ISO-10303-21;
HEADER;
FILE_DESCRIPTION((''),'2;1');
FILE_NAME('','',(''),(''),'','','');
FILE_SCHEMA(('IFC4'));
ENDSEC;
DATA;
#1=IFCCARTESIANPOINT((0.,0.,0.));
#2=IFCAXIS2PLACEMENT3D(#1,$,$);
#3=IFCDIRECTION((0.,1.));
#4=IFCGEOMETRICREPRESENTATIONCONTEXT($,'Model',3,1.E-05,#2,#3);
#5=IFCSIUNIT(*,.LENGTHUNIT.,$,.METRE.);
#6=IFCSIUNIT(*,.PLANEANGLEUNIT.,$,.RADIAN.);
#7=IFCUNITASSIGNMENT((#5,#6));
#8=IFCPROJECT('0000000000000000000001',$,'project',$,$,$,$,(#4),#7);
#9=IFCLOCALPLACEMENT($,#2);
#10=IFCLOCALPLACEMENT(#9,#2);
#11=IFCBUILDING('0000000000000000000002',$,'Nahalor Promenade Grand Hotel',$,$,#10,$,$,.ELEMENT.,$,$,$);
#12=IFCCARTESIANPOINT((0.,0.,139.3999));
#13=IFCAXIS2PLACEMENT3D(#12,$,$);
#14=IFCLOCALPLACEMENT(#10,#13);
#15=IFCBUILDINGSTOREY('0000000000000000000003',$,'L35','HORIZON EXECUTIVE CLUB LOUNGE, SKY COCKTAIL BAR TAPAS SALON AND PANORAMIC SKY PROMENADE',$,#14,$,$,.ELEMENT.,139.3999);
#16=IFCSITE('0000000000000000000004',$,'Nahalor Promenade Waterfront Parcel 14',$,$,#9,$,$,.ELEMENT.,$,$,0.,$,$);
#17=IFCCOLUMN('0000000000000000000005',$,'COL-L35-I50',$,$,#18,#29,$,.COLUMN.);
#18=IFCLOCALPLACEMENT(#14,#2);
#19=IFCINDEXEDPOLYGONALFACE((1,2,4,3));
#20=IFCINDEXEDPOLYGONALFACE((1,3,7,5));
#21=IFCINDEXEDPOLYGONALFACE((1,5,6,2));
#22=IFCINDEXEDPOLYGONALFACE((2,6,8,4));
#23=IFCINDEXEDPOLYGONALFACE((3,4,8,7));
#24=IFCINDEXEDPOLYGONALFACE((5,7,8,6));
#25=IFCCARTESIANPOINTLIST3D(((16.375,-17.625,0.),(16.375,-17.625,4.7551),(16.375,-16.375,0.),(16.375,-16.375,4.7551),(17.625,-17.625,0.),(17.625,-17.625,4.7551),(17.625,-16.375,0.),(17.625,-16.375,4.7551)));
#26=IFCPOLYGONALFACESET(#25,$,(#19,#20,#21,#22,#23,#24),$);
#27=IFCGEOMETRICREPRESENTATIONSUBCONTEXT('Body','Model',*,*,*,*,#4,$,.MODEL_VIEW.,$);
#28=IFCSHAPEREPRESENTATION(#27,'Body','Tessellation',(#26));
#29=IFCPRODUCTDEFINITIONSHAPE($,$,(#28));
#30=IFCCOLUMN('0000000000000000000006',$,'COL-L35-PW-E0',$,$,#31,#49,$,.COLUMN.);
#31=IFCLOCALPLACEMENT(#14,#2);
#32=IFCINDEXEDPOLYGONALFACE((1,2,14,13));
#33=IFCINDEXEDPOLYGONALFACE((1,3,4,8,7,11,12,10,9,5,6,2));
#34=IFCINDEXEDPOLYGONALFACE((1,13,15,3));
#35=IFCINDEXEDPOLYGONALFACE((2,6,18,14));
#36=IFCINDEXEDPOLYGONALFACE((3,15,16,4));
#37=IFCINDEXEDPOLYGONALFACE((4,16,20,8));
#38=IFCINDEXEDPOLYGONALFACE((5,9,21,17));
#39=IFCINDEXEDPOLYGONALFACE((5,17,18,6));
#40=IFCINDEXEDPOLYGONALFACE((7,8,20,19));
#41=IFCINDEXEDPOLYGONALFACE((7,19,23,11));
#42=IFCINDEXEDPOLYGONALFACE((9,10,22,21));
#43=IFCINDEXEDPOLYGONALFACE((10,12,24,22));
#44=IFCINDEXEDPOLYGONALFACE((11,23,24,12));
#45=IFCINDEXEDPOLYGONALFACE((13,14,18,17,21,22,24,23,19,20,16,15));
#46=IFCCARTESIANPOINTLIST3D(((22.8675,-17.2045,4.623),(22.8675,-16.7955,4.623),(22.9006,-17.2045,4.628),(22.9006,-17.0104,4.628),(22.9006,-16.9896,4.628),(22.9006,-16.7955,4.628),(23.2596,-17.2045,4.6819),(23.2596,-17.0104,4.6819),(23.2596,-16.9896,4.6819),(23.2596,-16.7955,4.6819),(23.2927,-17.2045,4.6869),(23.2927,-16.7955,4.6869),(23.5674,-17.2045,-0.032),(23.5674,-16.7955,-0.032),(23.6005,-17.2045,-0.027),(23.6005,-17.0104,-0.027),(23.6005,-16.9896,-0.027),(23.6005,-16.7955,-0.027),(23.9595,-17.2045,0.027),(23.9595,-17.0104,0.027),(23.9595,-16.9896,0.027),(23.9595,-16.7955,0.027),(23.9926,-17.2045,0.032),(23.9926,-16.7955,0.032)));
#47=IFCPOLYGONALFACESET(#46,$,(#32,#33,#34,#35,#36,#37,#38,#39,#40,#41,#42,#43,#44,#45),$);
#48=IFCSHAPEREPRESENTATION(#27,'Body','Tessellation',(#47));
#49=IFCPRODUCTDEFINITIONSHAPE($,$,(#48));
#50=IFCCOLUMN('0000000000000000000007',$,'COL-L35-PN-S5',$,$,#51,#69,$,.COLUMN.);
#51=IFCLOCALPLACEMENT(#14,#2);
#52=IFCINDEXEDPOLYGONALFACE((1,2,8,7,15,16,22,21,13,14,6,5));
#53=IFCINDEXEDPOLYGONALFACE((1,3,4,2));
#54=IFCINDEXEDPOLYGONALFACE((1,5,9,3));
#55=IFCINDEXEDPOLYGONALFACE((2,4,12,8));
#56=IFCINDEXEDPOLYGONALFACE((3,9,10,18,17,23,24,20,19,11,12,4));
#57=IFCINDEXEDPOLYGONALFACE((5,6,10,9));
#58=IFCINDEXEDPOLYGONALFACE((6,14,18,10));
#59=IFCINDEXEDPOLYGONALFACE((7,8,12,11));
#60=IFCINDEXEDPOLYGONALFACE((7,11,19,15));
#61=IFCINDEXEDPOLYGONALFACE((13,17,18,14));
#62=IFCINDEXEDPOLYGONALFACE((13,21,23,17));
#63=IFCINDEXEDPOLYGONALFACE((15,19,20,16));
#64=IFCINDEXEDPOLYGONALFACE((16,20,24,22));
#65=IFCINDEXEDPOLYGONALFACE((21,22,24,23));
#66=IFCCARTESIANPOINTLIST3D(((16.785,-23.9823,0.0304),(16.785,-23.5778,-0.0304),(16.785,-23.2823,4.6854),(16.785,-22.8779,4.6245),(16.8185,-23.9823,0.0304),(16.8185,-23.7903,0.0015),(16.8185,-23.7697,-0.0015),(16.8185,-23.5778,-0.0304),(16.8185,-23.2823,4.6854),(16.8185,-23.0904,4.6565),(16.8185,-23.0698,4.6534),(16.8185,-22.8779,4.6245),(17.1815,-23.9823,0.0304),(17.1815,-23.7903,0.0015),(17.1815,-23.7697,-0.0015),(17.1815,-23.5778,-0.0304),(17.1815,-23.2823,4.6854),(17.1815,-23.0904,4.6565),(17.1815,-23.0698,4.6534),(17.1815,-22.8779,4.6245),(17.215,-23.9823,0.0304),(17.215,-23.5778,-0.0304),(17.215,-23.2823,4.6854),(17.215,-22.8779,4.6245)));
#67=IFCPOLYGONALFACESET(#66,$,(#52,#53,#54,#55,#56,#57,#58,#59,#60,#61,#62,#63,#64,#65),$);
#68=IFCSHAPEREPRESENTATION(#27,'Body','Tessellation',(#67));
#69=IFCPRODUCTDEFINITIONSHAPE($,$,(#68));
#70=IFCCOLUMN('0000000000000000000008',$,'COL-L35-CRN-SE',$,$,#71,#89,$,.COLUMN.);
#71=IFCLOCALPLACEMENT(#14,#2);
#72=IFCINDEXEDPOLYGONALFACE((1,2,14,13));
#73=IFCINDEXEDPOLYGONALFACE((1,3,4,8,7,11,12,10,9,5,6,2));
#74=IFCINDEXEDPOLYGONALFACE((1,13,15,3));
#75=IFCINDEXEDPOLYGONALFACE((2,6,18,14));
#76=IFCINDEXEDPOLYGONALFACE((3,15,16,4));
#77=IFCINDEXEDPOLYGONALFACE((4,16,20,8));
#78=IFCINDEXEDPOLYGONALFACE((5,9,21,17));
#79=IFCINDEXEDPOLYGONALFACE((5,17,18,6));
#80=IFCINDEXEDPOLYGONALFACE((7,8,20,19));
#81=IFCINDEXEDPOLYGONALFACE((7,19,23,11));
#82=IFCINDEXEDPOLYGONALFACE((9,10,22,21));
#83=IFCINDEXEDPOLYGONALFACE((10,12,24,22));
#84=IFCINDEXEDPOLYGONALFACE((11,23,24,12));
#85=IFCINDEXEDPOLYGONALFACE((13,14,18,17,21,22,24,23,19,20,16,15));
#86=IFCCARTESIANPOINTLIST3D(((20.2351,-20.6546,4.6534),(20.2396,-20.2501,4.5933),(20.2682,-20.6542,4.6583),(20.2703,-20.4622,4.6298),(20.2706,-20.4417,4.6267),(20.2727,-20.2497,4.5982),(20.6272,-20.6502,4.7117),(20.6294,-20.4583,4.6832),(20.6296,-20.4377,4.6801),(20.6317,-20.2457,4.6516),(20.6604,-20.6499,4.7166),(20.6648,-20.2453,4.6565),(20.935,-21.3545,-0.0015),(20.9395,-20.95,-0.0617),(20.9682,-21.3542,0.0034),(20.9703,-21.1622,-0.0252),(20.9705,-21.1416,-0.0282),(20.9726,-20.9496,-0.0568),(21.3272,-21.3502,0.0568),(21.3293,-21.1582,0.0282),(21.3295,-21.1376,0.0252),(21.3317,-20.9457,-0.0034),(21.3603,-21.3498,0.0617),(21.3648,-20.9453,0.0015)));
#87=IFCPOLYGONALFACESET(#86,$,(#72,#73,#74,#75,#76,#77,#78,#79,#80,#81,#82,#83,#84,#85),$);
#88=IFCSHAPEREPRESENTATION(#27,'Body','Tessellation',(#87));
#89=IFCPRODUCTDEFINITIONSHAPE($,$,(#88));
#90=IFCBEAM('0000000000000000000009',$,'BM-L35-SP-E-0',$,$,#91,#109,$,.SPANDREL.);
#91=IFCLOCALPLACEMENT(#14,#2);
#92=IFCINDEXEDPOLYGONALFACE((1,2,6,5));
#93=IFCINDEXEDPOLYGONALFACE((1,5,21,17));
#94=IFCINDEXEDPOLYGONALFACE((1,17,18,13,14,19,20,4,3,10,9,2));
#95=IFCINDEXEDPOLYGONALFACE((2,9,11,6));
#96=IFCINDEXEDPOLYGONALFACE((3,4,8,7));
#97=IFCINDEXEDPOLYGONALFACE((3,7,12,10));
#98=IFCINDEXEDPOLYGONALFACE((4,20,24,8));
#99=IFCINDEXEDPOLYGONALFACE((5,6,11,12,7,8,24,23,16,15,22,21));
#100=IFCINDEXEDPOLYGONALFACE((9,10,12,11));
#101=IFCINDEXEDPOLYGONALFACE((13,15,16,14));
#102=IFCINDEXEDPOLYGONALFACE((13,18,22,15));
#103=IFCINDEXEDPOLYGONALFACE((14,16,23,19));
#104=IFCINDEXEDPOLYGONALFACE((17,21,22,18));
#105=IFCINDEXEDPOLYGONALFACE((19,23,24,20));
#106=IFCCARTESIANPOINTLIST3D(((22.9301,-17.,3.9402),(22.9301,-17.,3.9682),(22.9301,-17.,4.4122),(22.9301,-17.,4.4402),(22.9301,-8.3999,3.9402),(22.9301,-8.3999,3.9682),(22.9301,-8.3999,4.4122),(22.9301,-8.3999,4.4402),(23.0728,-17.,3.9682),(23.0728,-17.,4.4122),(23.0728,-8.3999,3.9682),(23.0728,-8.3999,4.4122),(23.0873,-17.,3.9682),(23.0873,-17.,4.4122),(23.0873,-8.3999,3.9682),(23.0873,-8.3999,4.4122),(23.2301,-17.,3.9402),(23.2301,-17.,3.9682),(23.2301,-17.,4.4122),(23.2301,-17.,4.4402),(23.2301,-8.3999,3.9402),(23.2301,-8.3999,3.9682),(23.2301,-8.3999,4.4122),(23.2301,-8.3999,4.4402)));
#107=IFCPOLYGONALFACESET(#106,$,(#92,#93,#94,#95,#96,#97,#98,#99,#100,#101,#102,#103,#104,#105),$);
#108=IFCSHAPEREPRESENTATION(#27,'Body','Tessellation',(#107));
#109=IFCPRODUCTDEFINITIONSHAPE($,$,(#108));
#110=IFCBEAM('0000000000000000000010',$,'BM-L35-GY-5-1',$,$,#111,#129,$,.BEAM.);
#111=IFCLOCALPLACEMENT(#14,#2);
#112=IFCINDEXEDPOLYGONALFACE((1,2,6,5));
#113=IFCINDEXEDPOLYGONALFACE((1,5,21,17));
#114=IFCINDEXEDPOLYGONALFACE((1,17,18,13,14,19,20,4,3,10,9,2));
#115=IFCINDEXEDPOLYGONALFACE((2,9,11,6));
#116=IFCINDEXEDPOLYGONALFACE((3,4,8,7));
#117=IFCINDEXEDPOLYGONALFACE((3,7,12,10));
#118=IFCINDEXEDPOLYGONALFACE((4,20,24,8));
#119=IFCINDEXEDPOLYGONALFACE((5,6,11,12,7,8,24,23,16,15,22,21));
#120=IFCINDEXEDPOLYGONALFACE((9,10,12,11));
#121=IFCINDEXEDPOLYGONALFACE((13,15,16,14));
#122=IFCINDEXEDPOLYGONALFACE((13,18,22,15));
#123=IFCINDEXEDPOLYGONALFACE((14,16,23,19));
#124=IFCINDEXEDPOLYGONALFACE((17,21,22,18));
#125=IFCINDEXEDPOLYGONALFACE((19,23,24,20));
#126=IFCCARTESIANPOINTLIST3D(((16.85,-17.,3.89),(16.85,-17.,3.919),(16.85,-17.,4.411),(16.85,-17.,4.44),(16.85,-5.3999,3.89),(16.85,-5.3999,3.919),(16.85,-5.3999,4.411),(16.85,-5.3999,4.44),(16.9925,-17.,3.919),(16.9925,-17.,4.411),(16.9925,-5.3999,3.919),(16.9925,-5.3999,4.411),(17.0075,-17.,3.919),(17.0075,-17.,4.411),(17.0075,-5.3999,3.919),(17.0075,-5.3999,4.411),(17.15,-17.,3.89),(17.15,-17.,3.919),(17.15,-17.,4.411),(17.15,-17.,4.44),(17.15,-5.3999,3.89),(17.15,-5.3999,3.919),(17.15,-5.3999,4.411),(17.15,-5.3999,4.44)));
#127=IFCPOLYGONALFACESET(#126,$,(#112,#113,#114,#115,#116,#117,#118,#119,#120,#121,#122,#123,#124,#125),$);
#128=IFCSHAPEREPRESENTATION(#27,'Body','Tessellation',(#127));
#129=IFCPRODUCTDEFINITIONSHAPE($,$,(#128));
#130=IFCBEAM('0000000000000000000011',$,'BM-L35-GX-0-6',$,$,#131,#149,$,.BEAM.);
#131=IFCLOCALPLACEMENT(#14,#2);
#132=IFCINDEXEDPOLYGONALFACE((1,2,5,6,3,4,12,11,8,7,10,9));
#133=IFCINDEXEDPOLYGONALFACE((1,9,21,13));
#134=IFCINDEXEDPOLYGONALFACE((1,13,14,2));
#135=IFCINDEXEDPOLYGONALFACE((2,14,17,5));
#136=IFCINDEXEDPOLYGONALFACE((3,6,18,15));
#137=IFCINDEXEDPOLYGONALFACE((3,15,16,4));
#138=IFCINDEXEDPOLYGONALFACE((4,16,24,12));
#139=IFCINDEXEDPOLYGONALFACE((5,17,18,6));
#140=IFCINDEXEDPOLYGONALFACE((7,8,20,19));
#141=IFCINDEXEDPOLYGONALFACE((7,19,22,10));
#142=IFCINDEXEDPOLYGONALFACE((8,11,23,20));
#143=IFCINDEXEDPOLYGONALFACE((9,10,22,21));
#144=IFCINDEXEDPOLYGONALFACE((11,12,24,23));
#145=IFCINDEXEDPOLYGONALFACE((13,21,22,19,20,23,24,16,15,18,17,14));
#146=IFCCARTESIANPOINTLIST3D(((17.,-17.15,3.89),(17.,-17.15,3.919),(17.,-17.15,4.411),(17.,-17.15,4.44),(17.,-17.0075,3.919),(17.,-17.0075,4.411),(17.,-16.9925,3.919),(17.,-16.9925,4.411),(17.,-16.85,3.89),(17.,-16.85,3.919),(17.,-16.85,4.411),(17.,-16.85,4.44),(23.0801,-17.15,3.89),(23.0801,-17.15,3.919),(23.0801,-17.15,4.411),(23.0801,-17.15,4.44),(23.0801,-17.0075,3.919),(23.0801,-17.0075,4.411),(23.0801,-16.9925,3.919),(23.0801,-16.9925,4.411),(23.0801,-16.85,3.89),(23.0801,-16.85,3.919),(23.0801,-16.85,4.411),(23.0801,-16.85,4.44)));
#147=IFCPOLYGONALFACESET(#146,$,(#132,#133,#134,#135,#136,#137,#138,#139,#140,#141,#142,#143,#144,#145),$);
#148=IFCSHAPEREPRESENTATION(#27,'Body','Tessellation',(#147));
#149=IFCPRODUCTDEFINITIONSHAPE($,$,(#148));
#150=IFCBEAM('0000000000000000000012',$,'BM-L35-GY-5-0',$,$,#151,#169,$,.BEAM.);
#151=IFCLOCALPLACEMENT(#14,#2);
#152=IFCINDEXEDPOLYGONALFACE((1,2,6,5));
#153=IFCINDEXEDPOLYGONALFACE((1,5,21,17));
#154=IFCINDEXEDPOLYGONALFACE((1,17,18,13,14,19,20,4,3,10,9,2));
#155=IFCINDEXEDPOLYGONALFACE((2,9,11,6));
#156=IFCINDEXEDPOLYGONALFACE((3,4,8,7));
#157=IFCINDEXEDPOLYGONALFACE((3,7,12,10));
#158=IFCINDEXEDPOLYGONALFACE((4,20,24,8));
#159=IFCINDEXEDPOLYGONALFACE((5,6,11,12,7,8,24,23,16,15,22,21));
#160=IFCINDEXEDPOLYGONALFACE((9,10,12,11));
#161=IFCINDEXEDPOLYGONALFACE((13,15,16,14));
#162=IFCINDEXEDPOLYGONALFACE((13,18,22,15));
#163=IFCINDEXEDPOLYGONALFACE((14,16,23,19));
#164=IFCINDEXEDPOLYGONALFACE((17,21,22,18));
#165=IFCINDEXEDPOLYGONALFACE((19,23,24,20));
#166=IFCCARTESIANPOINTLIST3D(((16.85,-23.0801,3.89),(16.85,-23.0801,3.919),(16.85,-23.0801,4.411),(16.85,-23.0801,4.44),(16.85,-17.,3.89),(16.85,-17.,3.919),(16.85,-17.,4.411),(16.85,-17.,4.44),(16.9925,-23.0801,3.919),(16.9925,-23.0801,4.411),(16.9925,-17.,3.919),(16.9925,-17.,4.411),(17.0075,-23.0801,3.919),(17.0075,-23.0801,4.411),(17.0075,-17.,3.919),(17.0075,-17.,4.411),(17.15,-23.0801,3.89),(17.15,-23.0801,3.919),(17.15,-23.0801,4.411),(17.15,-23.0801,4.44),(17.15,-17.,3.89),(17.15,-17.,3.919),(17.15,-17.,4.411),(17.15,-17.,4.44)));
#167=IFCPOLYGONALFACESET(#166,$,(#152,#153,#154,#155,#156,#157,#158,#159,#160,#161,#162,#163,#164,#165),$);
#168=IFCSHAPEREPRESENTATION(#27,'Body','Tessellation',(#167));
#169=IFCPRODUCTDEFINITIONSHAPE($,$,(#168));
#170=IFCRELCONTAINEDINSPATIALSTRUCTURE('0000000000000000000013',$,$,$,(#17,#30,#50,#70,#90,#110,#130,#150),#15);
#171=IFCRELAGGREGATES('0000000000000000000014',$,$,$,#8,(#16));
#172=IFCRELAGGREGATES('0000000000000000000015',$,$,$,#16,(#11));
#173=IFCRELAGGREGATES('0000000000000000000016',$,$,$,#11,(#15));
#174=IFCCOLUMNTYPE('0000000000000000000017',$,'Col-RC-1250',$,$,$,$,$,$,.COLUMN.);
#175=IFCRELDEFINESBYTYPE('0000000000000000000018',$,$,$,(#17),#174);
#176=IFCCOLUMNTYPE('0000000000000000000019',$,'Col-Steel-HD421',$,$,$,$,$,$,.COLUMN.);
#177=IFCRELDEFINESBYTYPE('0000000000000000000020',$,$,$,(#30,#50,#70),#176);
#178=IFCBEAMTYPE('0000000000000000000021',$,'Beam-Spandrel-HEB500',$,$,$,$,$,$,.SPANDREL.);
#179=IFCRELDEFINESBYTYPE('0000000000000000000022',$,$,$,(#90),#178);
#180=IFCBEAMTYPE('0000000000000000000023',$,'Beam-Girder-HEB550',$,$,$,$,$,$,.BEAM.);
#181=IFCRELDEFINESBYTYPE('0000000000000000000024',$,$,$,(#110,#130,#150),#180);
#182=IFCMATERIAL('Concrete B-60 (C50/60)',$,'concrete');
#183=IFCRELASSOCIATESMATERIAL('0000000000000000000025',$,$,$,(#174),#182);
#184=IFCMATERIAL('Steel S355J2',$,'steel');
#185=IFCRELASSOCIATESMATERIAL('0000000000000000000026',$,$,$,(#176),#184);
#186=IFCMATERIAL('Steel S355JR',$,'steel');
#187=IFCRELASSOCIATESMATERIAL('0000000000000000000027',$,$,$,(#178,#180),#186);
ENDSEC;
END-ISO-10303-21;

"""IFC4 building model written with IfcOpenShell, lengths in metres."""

from ifc_helpers import new_model, si_unit, direction, frame, origin, origin_2d, place, context, subcontext, project, spatial, rectangle, i_section, extrude, source, transform, mapped, material, material_profile, profile_set, type_object, element, save


model = new_model("IFC4")

# Units and contexts
model_context = context("Model", 3, precision=1e-05, world=origin(), true_north=direction((0.0, 1.0)))
body_context = subcontext(model_context, "Body", "Model", "MODEL_VIEW")
ifc_project = project(units=[si_unit("LENGTHUNIT", "METRE"), si_unit("PLANEANGLEUNIT", "RADIAN")], contexts=[model_context])

# Site, building, storey
site_placement = place(None, origin())
site = spatial("IfcSite", under=ifc_project, at=site_placement, Name="Nahalor Promenade Waterfront Parcel 14", CompositionType="ELEMENT", RefElevation=0.0)
building_placement = place(site_placement, origin())
building = spatial("IfcBuilding", under=site, at=building_placement, Name="Nahalor Promenade Grand Hotel", CompositionType="ELEMENT")
storey_placement = place(building_placement, frame((0.0, 0.0, 139.3999)))
storey = spatial("IfcBuildingStorey", under=building, at=storey_placement, Name="L35", Description="HORIZON EXECUTIVE CLUB LOUNGE, SKY COCKTAIL BAR TAPAS SALON AND PANORAMIC SKY PROMENADE", CompositionType="ELEMENT", Elevation=139.3999)

# Columns
ifc_material_1 = material(Name="Concrete B-60 (C50/60)", Category="concrete")
ifc_material_profile_1 = material_profile(ifc_material_1, rectangle(XDim=1.25, YDim=1.25, at=origin_2d()), Name="RC 1250x1250")
ifc_profile_set_1 = profile_set([ifc_material_profile_1], Name="Concrete B-60 (C50/60)")
column_type_1 = type_object("IfcColumnType", Name="Col-RC-1250", PredefinedType="COLUMN", material=ifc_profile_set_1)
shared_shape_1 = source(origin(), body_context, "Body", "SweptSolid", [
    extrude(rectangle(XDim=1.25, YDim=1.25, at=origin_2d()), origin(), (0.0, 0.0, 1.0), 4.7551),
])
column_1_placement = place(storey_placement, frame((17.0, -17.0, 0.0), z_axis=(0.0, 0.0, 1.0), x_axis=(1.0, 0.0, 0.0)))
element("IfcColumn", 1, at=column_1_placement, inside=storey, type_object=column_type_1, Name="COL-L35-I50", PredefinedType="COLUMN", context=body_context, shape_type="MappedRepresentation", body=[
    mapped(shared_shape_1, transform((0.0, 0.0, 0.0), scale=1.0)),
])
ifc_material_2 = material(Name="Steel S355J2", Category="steel")
ifc_material_profile_2 = material_profile(ifc_material_2, i_section(OverallWidth=0.409, OverallDepth=0.43, WebThickness=0.0208, FlangeThickness=0.0335, at=origin_2d()), Name="HD 400x421")
ifc_profile_set_2 = profile_set([ifc_material_profile_2], Name="Steel S355J2")
column_type_2 = type_object("IfcColumnType", Name="Col-Steel-HD421", PredefinedType="COLUMN", material=ifc_profile_set_2)
shared_shape_2 = source(origin(), body_context, "Body", "SweptSolid", [
    extrude(i_section(OverallWidth=0.409, OverallDepth=0.43, WebThickness=0.0208, FlangeThickness=0.0335, at=origin_2d()), origin(), (0.0, 0.0, 1.0), 4.7073),
])
for number, where, z_axis, x_axis, name in (
    (2, (23.78, -17.0, 0.0), (-0.148693, 0.0, 0.988883), (0.0, -1.0, 0.0), "COL-L35-PW-E0"),
    (3, (17.0, -23.78, 0.0), (0.0, 0.148693, 0.988883), (0.0, -0.988883, 0.148693), "COL-L35-PN-S5"),
):
    element("IfcColumn", number, at=place(storey_placement, frame(where, z_axis=z_axis, x_axis=x_axis)), inside=storey, type_object=column_type_2, Name=name, PredefinedType="COLUMN", context=body_context, shape_type="MappedRepresentation", body=[
        mapped(shared_shape_2, transform((0.0, 0.0, 0.0), scale=1.0)),
    ])
shared_shape_3 = source(origin(), body_context, "Body", "SweptSolid", [
    extrude(i_section(OverallWidth=0.409, OverallDepth=0.43, WebThickness=0.0208, FlangeThickness=0.0335, at=origin_2d()), origin(), (0.0, 0.0, 1.0), 4.759),
])
column_2_placement = place(storey_placement, frame((21.1499, -21.1499, 0.0), z_axis=(-0.147076, 0.147076, 0.97813), x_axis=(-0.010935, -0.989065, 0.147076)))
element("IfcColumn", 4, at=column_2_placement, inside=storey, type_object=column_type_2, Name="COL-L35-CRN-SE", PredefinedType="COLUMN", context=body_context, shape_type="MappedRepresentation", body=[
    mapped(shared_shape_3, transform((0.0, 0.0, 0.0), scale=1.0)),
])

# Beams
ifc_material_3 = material(Name="Steel S355JR", Category="steel")
ifc_material_profile_3 = material_profile(ifc_material_3, i_section(OverallWidth=0.3, OverallDepth=0.5, WebThickness=0.0145, FlangeThickness=0.028, at=origin_2d()), Name="HEB 500")
ifc_profile_set_3 = profile_set([ifc_material_profile_3], Name="Steel S355JR")
beam_type_1 = type_object("IfcBeamType", Name="Beam-Spandrel-HEB500", PredefinedType="SPANDREL", material=ifc_profile_set_3)
shared_shape_4 = source(origin(), body_context, "Body", "SweptSolid", [
    extrude(i_section(OverallWidth=0.3, OverallDepth=0.5, WebThickness=0.0145, FlangeThickness=0.028, at=origin_2d()), origin(), (0.0, 0.0, 1.0), 8.6001),
])
beam_1_placement = place(storey_placement, frame((23.0801, -17.0, 4.1902), z_axis=(0.0, 1.0, 0.0), x_axis=(-1.0, 0.0, 0.0)))
element("IfcBeam", 5, at=beam_1_placement, inside=storey, type_object=beam_type_1, Name="BM-L35-SP-E-0", PredefinedType="SPANDREL", context=body_context, shape_type="MappedRepresentation", body=[
    mapped(shared_shape_4, transform((0.0, 0.0, 0.0), scale=1.0)),
])
ifc_material_profile_4 = material_profile(ifc_material_3, i_section(OverallWidth=0.3, OverallDepth=0.55, WebThickness=0.015, FlangeThickness=0.029, at=origin_2d()), Name="HEB 550")
ifc_profile_set_4 = profile_set([ifc_material_profile_4], Name="Steel S355JR")
beam_type_2 = type_object("IfcBeamType", Name="Beam-Girder-HEB550", PredefinedType="BEAM", material=ifc_profile_set_4)
shared_shape_5 = source(origin(), body_context, "Body", "SweptSolid", [
    extrude(i_section(OverallWidth=0.3, OverallDepth=0.55, WebThickness=0.015, FlangeThickness=0.029, at=origin_2d()), origin(), (0.0, 0.0, 1.0), 11.6001),
])
beam_2_placement = place(storey_placement, frame((17.0, -17.0, 4.165), z_axis=(0.0, 1.0, 0.0), x_axis=(-1.0, 0.0, 0.0)))
element("IfcBeam", 6, at=beam_2_placement, inside=storey, type_object=beam_type_2, Name="BM-L35-GY-5-1", PredefinedType="BEAM", context=body_context, shape_type="MappedRepresentation", body=[
    mapped(shared_shape_5, transform((0.0, 0.0, 0.0), scale=1.0)),
])
shared_shape_6 = source(origin(), body_context, "Body", "SweptSolid", [
    extrude(i_section(OverallWidth=0.3, OverallDepth=0.55, WebThickness=0.015, FlangeThickness=0.029, at=origin_2d()), origin(), (0.0, 0.0, 1.0), 6.0801),
])
for number, where, z_axis, x_axis, name in (
    (7, (17.0, -17.0, 4.165), (1.0, 0.0, 0.0), (0.0, 1.0, 0.0), "BM-L35-GX-0-6"),
    (8, (17.0, -23.0801, 4.165), (0.0, 1.0, 0.0), (-1.0, 0.0, 0.0), "BM-L35-GY-5-0"),
):
    element("IfcBeam", number, at=place(storey_placement, frame(where, z_axis=z_axis, x_axis=x_axis)), inside=storey, type_object=beam_type_2, Name=name, PredefinedType="BEAM", context=body_context, shape_type="MappedRepresentation", body=[
        mapped(shared_shape_6, transform((0.0, 0.0, 0.0), scale=1.0)),
    ])

save(model, "model.ifc")
